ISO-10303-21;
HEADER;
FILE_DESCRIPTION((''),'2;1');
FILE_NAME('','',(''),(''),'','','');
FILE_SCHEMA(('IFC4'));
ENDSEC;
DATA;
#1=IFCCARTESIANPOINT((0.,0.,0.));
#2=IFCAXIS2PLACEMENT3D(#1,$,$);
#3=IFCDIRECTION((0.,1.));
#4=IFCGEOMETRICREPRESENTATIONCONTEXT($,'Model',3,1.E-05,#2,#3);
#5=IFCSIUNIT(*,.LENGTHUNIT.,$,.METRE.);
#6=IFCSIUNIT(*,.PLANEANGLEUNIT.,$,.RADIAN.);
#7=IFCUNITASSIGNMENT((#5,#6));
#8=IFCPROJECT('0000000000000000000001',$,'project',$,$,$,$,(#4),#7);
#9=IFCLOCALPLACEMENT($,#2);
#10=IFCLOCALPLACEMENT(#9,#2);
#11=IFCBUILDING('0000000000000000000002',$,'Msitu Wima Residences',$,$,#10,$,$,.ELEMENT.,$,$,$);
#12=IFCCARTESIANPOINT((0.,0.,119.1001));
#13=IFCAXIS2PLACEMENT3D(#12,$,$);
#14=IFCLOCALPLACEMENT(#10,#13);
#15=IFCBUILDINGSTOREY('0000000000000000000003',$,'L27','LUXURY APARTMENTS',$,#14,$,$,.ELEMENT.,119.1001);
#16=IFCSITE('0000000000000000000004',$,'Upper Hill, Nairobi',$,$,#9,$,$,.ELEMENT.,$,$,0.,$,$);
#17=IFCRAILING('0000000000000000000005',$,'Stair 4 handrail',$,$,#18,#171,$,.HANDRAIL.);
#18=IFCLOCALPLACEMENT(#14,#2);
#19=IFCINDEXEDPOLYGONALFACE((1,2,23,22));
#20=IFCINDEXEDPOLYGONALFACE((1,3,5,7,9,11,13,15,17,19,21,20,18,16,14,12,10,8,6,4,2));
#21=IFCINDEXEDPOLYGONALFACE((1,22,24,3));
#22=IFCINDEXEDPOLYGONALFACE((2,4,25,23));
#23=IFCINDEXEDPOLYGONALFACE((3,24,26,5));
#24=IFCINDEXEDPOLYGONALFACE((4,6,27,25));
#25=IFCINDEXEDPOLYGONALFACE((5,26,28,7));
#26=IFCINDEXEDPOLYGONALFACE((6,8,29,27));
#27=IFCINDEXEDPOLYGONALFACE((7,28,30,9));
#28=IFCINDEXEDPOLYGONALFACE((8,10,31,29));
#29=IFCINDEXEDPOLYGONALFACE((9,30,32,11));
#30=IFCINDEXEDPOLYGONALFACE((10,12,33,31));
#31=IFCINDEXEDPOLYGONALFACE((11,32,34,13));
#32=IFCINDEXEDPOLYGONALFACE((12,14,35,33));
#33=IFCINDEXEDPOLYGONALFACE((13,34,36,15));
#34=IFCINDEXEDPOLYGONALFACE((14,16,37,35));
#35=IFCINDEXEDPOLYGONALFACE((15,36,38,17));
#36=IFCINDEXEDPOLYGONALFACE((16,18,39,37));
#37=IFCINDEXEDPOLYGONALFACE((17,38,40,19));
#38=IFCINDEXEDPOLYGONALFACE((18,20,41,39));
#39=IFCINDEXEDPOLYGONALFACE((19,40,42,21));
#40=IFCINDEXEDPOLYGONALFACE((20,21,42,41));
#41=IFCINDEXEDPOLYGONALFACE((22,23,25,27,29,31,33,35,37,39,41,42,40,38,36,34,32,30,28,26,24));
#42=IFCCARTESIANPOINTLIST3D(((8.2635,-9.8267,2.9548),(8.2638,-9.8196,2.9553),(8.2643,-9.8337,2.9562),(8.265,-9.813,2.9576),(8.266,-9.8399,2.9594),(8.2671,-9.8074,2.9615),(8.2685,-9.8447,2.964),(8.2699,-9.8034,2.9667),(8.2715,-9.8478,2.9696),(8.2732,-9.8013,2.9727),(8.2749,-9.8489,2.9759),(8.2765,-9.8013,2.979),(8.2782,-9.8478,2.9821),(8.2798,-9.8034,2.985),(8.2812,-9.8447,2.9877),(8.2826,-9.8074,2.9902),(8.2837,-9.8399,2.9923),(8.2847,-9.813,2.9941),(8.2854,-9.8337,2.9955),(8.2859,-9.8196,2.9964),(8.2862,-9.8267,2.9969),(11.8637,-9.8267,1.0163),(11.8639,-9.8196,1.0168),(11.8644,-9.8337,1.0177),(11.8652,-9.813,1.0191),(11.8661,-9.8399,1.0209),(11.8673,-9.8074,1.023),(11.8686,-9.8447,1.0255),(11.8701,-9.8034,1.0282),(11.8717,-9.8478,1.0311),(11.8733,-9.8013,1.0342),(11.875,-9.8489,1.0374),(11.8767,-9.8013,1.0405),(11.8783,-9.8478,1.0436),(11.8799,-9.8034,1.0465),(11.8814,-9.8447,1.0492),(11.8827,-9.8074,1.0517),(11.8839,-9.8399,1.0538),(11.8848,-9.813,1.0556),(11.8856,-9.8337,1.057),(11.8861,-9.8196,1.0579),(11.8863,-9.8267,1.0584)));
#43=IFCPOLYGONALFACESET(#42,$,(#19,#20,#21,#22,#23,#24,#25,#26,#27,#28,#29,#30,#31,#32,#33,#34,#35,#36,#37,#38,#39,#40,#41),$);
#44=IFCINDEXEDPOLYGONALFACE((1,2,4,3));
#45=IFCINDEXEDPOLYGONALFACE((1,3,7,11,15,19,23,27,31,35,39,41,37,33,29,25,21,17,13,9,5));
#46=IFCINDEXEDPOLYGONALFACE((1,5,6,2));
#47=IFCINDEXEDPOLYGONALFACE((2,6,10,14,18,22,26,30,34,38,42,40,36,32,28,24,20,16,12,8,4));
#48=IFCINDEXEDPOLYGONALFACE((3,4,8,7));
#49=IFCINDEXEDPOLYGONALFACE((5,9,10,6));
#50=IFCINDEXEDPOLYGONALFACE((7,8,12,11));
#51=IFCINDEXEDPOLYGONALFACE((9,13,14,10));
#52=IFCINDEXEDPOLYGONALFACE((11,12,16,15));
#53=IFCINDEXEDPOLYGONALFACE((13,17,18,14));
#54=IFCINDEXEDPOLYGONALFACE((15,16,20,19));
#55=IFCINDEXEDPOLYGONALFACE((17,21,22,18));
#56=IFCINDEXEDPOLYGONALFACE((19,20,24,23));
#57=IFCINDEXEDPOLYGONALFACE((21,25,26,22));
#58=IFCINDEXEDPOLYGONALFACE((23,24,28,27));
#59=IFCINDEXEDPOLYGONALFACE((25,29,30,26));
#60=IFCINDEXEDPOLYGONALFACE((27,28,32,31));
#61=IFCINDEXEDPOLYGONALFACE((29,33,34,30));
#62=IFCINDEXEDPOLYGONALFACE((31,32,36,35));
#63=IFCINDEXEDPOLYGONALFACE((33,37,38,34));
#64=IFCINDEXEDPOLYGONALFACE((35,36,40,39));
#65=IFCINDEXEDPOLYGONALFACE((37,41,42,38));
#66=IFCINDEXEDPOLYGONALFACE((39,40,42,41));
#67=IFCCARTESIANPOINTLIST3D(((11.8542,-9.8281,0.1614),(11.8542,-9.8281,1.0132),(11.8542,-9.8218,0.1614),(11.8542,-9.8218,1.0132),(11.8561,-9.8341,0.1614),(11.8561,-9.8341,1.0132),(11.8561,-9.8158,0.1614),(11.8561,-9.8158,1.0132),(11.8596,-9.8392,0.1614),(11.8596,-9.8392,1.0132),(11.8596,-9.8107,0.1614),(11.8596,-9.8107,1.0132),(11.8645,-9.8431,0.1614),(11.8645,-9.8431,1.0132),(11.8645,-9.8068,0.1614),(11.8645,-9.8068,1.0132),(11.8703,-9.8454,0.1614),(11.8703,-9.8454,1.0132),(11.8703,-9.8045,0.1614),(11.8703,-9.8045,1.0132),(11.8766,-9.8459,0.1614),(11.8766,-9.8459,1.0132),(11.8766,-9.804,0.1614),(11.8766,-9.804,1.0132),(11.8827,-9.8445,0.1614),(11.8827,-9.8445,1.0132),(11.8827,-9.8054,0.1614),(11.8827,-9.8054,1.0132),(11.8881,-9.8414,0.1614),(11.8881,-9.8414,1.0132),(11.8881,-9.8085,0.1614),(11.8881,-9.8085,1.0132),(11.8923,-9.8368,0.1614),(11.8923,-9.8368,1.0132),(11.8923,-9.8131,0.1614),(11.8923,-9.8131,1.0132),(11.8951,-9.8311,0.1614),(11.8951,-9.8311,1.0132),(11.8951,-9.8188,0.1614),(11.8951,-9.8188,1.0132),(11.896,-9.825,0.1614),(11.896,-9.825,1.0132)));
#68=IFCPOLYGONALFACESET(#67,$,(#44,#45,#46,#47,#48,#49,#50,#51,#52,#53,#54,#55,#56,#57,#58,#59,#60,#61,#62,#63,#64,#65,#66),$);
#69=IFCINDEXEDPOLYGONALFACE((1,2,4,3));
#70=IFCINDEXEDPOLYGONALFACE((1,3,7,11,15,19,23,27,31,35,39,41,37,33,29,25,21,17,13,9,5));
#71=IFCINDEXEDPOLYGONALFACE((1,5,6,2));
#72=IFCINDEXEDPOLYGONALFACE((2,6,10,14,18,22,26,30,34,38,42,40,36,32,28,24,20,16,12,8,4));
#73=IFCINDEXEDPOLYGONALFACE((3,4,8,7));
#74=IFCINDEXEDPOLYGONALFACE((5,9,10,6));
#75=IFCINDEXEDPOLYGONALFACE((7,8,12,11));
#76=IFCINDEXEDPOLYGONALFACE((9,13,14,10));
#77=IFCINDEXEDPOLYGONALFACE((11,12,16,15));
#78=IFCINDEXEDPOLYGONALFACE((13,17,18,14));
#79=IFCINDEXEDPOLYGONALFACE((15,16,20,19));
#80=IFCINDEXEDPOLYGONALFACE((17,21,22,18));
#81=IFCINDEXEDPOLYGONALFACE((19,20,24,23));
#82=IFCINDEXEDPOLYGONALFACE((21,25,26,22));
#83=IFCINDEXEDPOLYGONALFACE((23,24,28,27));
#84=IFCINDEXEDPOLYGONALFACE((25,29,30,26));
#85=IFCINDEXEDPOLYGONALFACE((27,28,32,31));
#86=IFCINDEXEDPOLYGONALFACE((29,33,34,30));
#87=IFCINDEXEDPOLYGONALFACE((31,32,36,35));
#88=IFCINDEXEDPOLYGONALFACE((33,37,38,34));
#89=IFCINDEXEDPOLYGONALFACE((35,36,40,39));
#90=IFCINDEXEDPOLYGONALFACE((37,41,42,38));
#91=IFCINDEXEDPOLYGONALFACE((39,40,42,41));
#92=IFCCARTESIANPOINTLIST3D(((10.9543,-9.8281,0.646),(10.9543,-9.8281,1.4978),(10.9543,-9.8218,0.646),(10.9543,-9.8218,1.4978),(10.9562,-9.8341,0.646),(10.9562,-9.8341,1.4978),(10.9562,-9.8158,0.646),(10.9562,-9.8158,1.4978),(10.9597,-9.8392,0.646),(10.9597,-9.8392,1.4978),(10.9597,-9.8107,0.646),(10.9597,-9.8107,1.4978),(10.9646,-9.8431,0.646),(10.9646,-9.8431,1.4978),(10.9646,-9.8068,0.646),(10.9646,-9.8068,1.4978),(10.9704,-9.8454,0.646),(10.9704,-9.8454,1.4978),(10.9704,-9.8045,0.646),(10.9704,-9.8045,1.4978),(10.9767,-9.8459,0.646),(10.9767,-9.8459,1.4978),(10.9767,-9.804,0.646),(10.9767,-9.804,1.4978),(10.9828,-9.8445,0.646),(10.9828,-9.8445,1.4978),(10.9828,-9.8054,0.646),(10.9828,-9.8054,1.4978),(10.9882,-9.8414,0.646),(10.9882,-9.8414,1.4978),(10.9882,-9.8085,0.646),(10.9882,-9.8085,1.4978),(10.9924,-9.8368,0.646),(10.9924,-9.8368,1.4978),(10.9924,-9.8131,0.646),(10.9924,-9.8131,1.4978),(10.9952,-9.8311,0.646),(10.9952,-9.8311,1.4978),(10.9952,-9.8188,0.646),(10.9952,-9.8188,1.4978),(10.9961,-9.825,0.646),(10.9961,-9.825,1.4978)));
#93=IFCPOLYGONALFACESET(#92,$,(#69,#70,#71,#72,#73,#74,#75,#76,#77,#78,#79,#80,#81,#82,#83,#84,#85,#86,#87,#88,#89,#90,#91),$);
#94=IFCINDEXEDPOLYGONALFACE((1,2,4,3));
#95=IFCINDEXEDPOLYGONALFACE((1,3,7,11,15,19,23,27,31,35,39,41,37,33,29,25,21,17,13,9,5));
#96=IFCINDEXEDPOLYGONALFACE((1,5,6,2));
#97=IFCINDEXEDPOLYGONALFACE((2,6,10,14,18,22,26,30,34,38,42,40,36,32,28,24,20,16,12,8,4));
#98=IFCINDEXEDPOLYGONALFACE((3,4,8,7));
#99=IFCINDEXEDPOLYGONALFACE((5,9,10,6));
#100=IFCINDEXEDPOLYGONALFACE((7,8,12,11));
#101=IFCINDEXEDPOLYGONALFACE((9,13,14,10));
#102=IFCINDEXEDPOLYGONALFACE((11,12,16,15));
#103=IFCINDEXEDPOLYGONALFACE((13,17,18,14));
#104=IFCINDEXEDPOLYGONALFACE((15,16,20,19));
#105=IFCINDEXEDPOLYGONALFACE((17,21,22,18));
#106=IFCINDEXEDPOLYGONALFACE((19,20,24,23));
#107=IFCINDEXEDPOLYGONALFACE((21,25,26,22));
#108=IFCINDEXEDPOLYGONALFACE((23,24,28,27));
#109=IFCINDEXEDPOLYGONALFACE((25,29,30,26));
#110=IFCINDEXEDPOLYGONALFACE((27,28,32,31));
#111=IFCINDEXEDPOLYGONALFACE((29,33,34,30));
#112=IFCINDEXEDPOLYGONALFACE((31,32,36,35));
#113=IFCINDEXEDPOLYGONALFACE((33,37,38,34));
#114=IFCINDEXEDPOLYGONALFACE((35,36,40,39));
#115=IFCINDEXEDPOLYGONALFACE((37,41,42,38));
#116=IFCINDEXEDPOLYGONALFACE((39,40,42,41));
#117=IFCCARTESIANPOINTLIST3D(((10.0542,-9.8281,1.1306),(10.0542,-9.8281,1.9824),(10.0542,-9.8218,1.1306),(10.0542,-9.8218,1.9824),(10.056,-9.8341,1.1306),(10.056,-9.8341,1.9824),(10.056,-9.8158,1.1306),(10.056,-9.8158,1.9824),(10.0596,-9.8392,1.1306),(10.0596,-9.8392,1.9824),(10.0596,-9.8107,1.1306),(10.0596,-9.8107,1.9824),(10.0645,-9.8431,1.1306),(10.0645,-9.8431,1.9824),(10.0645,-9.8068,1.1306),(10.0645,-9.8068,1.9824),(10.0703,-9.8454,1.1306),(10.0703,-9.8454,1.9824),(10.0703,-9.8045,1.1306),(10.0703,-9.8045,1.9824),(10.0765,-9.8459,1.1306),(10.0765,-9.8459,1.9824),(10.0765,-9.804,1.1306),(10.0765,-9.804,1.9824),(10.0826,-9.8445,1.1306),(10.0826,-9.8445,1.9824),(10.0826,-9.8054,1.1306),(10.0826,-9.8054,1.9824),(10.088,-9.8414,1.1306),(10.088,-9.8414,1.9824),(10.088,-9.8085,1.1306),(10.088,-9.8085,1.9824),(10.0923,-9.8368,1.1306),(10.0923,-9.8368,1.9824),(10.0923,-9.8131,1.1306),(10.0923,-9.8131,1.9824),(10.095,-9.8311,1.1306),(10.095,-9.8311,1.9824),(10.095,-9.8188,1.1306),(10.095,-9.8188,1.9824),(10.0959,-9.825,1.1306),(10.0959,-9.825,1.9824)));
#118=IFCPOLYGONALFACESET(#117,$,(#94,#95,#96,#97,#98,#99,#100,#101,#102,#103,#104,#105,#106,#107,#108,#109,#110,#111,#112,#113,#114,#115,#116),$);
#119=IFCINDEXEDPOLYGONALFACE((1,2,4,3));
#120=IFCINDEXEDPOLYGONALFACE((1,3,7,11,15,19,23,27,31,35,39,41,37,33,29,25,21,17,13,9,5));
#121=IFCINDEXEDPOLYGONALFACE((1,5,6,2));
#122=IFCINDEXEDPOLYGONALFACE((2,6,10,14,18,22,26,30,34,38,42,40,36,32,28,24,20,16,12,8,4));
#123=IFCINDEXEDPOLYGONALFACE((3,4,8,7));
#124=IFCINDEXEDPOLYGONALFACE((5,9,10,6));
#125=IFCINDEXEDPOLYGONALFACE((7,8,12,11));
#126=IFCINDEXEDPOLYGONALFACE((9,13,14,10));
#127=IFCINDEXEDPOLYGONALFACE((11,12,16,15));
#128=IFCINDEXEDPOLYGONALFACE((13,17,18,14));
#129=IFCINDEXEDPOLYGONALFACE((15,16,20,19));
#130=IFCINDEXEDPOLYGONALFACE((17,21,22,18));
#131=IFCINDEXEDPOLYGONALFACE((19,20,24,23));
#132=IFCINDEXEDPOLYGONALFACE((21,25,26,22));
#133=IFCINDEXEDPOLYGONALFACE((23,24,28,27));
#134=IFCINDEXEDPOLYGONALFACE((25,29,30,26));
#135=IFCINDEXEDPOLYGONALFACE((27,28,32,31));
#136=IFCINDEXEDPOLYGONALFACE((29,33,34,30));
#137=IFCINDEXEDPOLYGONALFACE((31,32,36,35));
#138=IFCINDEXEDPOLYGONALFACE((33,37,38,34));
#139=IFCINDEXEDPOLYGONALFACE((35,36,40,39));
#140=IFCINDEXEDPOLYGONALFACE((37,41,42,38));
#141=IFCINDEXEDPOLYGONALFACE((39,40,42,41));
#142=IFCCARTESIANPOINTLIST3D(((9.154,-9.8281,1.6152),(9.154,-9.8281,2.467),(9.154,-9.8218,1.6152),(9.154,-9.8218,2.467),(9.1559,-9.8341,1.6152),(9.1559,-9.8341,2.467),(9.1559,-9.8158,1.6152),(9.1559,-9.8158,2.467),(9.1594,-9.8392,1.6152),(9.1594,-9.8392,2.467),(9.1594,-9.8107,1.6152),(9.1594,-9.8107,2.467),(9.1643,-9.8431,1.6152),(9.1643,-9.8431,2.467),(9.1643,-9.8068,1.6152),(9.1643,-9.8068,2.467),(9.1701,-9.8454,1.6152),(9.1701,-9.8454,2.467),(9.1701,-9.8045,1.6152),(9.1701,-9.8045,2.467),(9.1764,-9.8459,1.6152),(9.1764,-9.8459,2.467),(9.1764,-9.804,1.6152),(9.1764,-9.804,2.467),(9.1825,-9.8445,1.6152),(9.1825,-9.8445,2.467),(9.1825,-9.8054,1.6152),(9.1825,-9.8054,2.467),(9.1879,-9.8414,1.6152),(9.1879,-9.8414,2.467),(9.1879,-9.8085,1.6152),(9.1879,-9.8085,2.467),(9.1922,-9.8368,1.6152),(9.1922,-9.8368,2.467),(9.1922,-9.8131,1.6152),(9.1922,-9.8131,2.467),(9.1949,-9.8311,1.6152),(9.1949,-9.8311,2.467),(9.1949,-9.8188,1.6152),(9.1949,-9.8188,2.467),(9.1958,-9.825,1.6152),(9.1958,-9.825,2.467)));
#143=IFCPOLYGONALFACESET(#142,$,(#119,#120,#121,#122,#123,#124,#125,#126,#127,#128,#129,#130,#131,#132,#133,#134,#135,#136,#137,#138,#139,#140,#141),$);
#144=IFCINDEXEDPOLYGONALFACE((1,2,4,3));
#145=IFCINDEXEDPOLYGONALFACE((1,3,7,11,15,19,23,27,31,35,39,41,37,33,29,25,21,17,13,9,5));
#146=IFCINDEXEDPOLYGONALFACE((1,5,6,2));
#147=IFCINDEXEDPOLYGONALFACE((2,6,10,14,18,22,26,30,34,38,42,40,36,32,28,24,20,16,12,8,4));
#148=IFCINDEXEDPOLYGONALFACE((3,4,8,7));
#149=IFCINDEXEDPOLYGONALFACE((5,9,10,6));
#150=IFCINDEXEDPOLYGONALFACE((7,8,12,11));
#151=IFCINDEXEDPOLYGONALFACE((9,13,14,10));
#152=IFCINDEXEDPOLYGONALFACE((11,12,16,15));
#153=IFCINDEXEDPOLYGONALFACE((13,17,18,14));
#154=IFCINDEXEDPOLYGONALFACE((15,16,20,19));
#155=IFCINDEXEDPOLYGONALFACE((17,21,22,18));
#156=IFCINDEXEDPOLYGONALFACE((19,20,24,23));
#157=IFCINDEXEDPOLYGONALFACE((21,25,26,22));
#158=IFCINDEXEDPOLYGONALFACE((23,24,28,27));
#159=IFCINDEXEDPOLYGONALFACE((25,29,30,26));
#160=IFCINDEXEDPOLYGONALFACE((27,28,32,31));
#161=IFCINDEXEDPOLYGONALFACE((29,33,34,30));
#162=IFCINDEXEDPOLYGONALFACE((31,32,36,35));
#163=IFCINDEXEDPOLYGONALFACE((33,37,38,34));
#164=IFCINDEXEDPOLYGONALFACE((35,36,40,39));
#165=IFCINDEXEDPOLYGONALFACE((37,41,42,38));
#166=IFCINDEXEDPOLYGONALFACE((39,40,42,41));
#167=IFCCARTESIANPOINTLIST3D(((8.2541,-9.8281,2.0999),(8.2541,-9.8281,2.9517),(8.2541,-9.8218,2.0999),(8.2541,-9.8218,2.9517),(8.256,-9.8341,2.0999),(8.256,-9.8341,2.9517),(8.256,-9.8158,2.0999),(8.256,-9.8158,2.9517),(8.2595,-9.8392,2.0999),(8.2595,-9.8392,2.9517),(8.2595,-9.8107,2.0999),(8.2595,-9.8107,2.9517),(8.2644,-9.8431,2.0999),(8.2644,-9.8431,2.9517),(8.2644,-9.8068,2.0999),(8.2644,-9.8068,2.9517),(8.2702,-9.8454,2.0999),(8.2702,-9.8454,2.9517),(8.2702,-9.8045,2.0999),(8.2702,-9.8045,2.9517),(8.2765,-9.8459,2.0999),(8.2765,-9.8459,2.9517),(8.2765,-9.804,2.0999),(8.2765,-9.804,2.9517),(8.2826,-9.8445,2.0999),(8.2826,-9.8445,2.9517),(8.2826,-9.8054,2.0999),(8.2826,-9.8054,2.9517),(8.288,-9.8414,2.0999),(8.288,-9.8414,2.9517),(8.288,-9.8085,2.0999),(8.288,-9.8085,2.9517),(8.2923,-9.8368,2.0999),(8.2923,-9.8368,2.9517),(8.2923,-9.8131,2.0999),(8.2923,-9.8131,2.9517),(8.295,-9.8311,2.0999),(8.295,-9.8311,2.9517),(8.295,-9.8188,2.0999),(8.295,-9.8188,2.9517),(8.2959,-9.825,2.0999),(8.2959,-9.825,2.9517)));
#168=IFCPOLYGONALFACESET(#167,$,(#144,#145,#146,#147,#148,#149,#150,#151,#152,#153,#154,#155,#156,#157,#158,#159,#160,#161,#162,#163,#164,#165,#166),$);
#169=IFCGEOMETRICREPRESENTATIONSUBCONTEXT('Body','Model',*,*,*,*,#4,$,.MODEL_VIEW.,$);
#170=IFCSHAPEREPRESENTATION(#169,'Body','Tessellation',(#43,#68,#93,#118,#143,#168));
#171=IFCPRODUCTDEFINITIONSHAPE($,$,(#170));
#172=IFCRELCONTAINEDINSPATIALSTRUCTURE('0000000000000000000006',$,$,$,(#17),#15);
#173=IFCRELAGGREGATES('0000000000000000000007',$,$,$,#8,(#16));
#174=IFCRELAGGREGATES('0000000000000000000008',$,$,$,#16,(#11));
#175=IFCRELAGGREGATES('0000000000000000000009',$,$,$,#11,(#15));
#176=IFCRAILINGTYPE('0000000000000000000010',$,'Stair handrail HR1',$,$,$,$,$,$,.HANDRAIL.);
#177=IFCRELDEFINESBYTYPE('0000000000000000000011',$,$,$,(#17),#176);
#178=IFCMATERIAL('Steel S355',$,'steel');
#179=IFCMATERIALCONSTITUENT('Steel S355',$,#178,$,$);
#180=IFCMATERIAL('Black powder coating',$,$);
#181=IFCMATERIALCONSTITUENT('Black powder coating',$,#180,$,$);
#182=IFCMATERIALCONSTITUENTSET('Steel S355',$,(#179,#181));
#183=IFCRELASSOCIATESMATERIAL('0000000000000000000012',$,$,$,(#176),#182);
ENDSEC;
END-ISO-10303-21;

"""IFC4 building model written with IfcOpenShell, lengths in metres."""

from ifc_helpers import new_model, si_unit, direction, frame, origin, origin_2d, place, context, subcontext, project, spatial, circle, extrude, material, constituent, constituent_set, type_object, element, save


model = new_model("IFC4")

# Units and contexts
model_context = context("Model", 3, precision=1e-05, world=origin(), true_north=direction((0.0, 1.0)))
body_context = subcontext(model_context, "Body", "Model", "MODEL_VIEW")
ifc_project = project(units=[si_unit("LENGTHUNIT", "METRE"), si_unit("PLANEANGLEUNIT", "RADIAN")], contexts=[model_context])

# Site, building, storey
site_placement = place(None, origin())
site = spatial("IfcSite", under=ifc_project, at=site_placement, Name="Upper Hill, Nairobi", CompositionType="ELEMENT", RefElevation=0.0)
building_placement = place(site_placement, origin())
building = spatial("IfcBuilding", under=site, at=building_placement, Name="Msitu Wima Residences", CompositionType="ELEMENT")
storey_placement = place(building_placement, frame((0.0, 0.0, 119.1001)))
storey = spatial("IfcBuildingStorey", under=building, at=storey_placement, Name="L27", Description="LUXURY APARTMENTS", CompositionType="ELEMENT", Elevation=119.1001)

# Railing
ifc_material_1 = material(Name="Steel S355", Category="steel")
ifc_constituent_1 = constituent(ifc_material_1, Name="Steel S355")
ifc_material_2 = material(Name="Black powder coating")
ifc_constituent_2 = constituent(ifc_material_2, Name="Black powder coating")
ifc_constituent_set = constituent_set(constituents=[ifc_constituent_1, ifc_constituent_2], Name="Steel S355")
railing_type = type_object("IfcRailingType", Name="Stair handrail HR1", PredefinedType="HANDRAIL", material=ifc_constituent_set)
for number, where, name in (
    (1, (11.875, -9.825, 0.1614), "Stair 4 handrail"),
):
    element("IfcRailing", number, at=place(storey_placement, frame(where)), inside=storey, type_object=railing_type, Name=name, PredefinedType="HANDRAIL", context=body_context, shape_type="SweptSolid", body=[
        extrude(circle(Radius=0.0239, at=origin_2d()), frame((0.0, 0.0, 0.876), z_axis=(-0.880475, 0.0, 0.474093), x_axis=(0.0, -1.0, 0.0)), (0.0, 0.0, 1.0), 4.0889),
        extrude(circle(Radius=0.021, at=origin_2d()), origin(), (0.0, 0.0, 1.0), 0.8518),
        extrude(circle(Radius=0.021, at=origin_2d()), frame((-0.8999, 0.0, 0.4846)), (0.0, 0.0, 1.0), 0.8518),
        extrude(circle(Radius=0.021, at=origin_2d()), frame((-1.8, 0.0, 0.9692)), (0.0, 0.0, 1.0), 0.8518),
        extrude(circle(Radius=0.021, at=origin_2d()), frame((-2.7002, 0.0, 1.4539)), (0.0, 0.0, 1.0), 0.8518),
        extrude(circle(Radius=0.021, at=origin_2d()), frame((-3.6001, 0.0, 1.9385)), (0.0, 0.0, 1.0), 0.8518),
    ])

save(model, "model.ifc")
